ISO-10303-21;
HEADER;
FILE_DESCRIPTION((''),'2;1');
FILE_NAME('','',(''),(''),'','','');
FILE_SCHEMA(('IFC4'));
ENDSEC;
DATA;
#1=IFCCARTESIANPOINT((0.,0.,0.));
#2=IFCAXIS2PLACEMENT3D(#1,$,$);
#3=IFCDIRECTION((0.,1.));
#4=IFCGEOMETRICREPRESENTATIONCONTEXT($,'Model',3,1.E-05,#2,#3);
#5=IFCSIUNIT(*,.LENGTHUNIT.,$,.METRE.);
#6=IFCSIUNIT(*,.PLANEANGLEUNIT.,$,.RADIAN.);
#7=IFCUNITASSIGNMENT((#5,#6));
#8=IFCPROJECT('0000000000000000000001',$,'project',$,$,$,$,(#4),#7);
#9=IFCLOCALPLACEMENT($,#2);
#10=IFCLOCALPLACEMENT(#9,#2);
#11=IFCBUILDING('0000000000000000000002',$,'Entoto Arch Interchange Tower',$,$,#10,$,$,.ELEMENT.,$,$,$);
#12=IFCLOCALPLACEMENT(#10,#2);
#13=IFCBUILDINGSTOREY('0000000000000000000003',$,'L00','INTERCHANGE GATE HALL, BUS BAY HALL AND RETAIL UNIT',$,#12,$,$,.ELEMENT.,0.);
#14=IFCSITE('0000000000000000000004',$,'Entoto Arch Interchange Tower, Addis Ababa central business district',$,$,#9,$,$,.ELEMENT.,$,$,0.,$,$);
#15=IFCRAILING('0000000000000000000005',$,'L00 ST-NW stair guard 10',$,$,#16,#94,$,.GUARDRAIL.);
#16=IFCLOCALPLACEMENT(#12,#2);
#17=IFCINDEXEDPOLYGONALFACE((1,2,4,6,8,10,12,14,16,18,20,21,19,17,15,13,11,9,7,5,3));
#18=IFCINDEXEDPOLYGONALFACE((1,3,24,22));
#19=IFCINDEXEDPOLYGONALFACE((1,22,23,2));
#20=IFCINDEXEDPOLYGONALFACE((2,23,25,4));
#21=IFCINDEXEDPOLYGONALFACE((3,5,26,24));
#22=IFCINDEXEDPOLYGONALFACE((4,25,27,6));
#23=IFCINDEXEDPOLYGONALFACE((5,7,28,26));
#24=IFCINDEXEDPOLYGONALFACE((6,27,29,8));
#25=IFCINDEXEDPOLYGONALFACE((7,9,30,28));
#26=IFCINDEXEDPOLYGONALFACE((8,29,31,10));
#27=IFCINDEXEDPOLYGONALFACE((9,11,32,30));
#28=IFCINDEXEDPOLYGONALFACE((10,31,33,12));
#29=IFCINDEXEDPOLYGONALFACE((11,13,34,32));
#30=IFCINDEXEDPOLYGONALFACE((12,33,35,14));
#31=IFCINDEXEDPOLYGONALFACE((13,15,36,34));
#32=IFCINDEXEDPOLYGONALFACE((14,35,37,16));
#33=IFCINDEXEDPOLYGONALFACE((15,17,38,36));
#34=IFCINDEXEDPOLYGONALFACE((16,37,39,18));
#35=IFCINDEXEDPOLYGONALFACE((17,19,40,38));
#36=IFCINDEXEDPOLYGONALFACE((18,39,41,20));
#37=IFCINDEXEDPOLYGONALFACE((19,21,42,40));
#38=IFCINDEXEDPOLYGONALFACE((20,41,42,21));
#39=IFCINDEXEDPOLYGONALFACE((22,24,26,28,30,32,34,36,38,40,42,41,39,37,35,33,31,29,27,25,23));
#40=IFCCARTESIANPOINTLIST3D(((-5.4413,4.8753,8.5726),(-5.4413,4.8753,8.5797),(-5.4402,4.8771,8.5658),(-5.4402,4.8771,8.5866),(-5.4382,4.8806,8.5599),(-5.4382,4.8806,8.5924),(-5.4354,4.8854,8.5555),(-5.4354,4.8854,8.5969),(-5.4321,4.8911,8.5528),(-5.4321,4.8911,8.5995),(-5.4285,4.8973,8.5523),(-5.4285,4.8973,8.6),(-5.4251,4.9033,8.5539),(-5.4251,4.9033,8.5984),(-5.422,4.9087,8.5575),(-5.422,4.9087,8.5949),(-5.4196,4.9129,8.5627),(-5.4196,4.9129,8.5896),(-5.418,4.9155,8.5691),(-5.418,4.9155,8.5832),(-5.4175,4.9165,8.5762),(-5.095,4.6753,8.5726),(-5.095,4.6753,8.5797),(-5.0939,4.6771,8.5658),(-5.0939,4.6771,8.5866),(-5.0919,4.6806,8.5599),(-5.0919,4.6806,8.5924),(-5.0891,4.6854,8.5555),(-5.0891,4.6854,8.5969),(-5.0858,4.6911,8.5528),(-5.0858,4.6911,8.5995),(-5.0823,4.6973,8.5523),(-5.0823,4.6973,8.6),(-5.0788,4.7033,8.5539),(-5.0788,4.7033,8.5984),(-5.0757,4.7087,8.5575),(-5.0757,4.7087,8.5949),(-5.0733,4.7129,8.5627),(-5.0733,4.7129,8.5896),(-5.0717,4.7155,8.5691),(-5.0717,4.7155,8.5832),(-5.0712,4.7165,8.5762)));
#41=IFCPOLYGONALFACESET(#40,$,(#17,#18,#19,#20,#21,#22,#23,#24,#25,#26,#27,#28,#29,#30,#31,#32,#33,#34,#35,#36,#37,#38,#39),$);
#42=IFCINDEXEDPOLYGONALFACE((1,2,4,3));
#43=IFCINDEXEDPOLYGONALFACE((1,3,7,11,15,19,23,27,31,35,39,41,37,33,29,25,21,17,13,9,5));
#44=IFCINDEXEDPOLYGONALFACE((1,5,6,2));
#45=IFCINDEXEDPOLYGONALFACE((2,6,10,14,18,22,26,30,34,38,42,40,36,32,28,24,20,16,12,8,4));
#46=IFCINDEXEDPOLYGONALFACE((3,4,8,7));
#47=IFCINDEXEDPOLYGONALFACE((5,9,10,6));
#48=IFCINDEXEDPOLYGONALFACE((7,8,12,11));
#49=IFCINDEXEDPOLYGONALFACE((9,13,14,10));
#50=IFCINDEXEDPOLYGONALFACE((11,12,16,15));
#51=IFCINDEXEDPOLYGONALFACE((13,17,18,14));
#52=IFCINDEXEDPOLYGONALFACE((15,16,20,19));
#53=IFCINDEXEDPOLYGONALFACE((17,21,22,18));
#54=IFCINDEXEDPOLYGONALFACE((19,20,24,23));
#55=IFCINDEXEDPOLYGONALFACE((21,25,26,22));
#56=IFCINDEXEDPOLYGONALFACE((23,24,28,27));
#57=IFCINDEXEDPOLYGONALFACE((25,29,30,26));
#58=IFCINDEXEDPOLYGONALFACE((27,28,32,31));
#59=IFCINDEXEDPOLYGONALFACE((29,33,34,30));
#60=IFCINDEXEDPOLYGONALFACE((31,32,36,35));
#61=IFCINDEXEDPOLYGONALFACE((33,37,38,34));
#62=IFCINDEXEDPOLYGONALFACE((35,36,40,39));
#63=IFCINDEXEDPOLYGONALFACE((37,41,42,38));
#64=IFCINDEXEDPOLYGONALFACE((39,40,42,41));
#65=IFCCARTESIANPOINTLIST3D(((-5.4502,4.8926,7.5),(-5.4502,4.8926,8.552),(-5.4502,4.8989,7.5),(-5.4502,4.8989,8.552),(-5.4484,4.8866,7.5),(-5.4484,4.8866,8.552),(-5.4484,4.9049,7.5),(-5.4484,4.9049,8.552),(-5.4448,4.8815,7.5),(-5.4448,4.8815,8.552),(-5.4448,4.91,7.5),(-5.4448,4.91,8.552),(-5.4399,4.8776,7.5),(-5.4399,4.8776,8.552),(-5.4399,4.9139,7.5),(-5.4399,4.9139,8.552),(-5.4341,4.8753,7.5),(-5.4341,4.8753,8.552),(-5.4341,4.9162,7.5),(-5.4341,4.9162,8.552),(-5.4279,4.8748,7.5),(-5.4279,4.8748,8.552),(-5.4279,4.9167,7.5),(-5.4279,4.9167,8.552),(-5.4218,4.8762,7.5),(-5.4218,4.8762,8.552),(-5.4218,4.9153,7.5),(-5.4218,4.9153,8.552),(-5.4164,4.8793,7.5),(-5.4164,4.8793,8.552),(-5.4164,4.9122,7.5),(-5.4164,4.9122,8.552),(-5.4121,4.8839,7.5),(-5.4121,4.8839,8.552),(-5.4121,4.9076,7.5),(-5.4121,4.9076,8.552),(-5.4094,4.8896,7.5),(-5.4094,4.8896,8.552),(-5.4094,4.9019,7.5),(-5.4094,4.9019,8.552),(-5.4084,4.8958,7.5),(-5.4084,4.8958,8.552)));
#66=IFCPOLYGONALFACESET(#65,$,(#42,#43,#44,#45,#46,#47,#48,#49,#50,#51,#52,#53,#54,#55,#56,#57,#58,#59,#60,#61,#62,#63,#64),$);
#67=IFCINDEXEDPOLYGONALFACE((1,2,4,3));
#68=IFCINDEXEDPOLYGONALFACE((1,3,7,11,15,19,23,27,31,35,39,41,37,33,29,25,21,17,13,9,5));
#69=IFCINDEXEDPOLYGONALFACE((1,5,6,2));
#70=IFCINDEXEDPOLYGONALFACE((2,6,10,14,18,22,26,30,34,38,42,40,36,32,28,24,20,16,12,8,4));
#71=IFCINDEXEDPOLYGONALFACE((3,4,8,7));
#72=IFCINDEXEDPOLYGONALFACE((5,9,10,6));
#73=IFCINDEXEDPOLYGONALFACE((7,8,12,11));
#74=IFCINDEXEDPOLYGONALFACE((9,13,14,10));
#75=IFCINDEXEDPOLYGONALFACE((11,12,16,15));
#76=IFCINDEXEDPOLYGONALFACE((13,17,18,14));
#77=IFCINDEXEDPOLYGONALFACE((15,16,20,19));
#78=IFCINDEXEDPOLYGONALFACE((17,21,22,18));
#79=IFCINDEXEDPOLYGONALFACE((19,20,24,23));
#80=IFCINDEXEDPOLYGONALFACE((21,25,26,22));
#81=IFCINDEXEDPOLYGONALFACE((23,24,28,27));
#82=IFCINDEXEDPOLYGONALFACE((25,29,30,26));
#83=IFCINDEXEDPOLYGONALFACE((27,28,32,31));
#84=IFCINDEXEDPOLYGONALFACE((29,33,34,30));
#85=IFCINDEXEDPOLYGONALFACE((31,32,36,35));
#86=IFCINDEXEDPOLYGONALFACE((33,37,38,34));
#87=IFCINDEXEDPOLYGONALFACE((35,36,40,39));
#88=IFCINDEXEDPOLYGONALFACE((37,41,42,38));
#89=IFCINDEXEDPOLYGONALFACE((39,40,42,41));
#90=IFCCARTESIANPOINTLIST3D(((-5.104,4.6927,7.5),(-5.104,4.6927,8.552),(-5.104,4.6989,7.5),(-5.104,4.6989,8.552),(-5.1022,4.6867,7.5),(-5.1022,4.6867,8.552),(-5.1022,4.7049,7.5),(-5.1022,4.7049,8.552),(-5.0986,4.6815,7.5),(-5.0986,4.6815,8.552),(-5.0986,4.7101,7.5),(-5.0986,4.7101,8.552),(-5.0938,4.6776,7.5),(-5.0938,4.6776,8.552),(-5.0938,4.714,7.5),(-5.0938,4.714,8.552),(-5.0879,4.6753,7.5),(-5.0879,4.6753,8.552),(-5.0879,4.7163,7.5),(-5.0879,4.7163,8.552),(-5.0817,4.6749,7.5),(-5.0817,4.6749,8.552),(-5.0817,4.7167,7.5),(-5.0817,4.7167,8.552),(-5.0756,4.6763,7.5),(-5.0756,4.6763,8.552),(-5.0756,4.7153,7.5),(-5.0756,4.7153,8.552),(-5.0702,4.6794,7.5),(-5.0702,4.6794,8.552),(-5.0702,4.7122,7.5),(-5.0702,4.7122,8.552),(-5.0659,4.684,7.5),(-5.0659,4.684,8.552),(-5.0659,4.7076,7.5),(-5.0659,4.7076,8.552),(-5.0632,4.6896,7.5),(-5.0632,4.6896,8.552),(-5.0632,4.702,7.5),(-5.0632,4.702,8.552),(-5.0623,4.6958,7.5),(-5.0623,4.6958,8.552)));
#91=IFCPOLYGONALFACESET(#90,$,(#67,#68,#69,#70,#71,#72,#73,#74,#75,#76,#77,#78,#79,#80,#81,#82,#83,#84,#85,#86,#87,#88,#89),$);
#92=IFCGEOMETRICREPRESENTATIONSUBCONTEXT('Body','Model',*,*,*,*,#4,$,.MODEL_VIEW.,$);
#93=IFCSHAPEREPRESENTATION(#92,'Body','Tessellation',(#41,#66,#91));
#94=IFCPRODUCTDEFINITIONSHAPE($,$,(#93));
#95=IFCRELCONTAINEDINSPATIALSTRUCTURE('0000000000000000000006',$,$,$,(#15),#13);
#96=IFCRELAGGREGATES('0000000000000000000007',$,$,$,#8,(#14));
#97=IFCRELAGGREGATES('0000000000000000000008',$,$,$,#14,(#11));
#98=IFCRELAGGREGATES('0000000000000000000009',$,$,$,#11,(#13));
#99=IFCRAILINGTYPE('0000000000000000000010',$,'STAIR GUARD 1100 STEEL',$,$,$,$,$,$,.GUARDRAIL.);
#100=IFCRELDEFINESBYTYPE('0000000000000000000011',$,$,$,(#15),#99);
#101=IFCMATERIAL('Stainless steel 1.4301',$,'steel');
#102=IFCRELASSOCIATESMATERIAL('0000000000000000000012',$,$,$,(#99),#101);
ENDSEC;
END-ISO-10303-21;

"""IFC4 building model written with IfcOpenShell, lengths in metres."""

from ifc_helpers import new_model, si_unit, direction, frame, origin, origin_2d, place, context, subcontext, project, spatial, circle, extrude, material, type_object, element, save


model = new_model("IFC4")

# Units and contexts
model_context = context("Model", 3, precision=1e-05, world=origin(), true_north=direction((0.0, 1.0)))
body_context = subcontext(model_context, "Body", "Model", "MODEL_VIEW")
ifc_project = project(units=[si_unit("LENGTHUNIT", "METRE"), si_unit("PLANEANGLEUNIT", "RADIAN")], contexts=[model_context])

# Site, building, storey
site_placement = place(None, origin())
site = spatial("IfcSite", under=ifc_project, at=site_placement, Name="Entoto Arch Interchange Tower, Addis Ababa central business district", CompositionType="ELEMENT", RefElevation=0.0)
building_placement = place(site_placement, origin())
building = spatial("IfcBuilding", under=site, at=building_placement, Name="Entoto Arch Interchange Tower", CompositionType="ELEMENT")
storey_placement = place(building_placement, origin())
storey = spatial("IfcBuildingStorey", under=building, at=storey_placement, Name="L00", Description="INTERCHANGE GATE HALL, BUS BAY HALL AND RETAIL UNIT", CompositionType="ELEMENT", Elevation=0.0)

# Railing
ifc_material_1 = material(Name="Stainless steel 1.4301", Category="steel")
railing_type_1 = type_object("IfcRailingType", Name="STAIR GUARD 1100 STEEL", PredefinedType="GUARDRAIL", material=ifc_material_1)
railing_1_placement = place(storey_placement, frame((-5.4294, 4.8958, 7.5)))
element("IfcRailing", 1, at=railing_1_placement, inside=storey, type_object=railing_type_1, Name="L00 ST-NW stair guard 10", PredefinedType="GUARDRAIL", context=body_context, shape_type="SweptSolid", body=[
    extrude(circle(Radius=0.0239, at=origin_2d()), frame((0.0, 0.0, 1.0762), z_axis=(0.865941, -0.500145, 0.0), x_axis=(0.500145, 0.865941, 0.0)), (0.0, 0.0, 1.0), 0.3999),
    extrude(circle(Radius=0.021, at=origin_2d()), origin(), (0.0, 0.0, 1.0), 1.052),
    extrude(circle(Radius=0.021, at=origin_2d()), frame((0.3462, -0.2, 0.0)), (0.0, 0.0, 1.0), 1.052),
])

save(model, "model.ifc")
